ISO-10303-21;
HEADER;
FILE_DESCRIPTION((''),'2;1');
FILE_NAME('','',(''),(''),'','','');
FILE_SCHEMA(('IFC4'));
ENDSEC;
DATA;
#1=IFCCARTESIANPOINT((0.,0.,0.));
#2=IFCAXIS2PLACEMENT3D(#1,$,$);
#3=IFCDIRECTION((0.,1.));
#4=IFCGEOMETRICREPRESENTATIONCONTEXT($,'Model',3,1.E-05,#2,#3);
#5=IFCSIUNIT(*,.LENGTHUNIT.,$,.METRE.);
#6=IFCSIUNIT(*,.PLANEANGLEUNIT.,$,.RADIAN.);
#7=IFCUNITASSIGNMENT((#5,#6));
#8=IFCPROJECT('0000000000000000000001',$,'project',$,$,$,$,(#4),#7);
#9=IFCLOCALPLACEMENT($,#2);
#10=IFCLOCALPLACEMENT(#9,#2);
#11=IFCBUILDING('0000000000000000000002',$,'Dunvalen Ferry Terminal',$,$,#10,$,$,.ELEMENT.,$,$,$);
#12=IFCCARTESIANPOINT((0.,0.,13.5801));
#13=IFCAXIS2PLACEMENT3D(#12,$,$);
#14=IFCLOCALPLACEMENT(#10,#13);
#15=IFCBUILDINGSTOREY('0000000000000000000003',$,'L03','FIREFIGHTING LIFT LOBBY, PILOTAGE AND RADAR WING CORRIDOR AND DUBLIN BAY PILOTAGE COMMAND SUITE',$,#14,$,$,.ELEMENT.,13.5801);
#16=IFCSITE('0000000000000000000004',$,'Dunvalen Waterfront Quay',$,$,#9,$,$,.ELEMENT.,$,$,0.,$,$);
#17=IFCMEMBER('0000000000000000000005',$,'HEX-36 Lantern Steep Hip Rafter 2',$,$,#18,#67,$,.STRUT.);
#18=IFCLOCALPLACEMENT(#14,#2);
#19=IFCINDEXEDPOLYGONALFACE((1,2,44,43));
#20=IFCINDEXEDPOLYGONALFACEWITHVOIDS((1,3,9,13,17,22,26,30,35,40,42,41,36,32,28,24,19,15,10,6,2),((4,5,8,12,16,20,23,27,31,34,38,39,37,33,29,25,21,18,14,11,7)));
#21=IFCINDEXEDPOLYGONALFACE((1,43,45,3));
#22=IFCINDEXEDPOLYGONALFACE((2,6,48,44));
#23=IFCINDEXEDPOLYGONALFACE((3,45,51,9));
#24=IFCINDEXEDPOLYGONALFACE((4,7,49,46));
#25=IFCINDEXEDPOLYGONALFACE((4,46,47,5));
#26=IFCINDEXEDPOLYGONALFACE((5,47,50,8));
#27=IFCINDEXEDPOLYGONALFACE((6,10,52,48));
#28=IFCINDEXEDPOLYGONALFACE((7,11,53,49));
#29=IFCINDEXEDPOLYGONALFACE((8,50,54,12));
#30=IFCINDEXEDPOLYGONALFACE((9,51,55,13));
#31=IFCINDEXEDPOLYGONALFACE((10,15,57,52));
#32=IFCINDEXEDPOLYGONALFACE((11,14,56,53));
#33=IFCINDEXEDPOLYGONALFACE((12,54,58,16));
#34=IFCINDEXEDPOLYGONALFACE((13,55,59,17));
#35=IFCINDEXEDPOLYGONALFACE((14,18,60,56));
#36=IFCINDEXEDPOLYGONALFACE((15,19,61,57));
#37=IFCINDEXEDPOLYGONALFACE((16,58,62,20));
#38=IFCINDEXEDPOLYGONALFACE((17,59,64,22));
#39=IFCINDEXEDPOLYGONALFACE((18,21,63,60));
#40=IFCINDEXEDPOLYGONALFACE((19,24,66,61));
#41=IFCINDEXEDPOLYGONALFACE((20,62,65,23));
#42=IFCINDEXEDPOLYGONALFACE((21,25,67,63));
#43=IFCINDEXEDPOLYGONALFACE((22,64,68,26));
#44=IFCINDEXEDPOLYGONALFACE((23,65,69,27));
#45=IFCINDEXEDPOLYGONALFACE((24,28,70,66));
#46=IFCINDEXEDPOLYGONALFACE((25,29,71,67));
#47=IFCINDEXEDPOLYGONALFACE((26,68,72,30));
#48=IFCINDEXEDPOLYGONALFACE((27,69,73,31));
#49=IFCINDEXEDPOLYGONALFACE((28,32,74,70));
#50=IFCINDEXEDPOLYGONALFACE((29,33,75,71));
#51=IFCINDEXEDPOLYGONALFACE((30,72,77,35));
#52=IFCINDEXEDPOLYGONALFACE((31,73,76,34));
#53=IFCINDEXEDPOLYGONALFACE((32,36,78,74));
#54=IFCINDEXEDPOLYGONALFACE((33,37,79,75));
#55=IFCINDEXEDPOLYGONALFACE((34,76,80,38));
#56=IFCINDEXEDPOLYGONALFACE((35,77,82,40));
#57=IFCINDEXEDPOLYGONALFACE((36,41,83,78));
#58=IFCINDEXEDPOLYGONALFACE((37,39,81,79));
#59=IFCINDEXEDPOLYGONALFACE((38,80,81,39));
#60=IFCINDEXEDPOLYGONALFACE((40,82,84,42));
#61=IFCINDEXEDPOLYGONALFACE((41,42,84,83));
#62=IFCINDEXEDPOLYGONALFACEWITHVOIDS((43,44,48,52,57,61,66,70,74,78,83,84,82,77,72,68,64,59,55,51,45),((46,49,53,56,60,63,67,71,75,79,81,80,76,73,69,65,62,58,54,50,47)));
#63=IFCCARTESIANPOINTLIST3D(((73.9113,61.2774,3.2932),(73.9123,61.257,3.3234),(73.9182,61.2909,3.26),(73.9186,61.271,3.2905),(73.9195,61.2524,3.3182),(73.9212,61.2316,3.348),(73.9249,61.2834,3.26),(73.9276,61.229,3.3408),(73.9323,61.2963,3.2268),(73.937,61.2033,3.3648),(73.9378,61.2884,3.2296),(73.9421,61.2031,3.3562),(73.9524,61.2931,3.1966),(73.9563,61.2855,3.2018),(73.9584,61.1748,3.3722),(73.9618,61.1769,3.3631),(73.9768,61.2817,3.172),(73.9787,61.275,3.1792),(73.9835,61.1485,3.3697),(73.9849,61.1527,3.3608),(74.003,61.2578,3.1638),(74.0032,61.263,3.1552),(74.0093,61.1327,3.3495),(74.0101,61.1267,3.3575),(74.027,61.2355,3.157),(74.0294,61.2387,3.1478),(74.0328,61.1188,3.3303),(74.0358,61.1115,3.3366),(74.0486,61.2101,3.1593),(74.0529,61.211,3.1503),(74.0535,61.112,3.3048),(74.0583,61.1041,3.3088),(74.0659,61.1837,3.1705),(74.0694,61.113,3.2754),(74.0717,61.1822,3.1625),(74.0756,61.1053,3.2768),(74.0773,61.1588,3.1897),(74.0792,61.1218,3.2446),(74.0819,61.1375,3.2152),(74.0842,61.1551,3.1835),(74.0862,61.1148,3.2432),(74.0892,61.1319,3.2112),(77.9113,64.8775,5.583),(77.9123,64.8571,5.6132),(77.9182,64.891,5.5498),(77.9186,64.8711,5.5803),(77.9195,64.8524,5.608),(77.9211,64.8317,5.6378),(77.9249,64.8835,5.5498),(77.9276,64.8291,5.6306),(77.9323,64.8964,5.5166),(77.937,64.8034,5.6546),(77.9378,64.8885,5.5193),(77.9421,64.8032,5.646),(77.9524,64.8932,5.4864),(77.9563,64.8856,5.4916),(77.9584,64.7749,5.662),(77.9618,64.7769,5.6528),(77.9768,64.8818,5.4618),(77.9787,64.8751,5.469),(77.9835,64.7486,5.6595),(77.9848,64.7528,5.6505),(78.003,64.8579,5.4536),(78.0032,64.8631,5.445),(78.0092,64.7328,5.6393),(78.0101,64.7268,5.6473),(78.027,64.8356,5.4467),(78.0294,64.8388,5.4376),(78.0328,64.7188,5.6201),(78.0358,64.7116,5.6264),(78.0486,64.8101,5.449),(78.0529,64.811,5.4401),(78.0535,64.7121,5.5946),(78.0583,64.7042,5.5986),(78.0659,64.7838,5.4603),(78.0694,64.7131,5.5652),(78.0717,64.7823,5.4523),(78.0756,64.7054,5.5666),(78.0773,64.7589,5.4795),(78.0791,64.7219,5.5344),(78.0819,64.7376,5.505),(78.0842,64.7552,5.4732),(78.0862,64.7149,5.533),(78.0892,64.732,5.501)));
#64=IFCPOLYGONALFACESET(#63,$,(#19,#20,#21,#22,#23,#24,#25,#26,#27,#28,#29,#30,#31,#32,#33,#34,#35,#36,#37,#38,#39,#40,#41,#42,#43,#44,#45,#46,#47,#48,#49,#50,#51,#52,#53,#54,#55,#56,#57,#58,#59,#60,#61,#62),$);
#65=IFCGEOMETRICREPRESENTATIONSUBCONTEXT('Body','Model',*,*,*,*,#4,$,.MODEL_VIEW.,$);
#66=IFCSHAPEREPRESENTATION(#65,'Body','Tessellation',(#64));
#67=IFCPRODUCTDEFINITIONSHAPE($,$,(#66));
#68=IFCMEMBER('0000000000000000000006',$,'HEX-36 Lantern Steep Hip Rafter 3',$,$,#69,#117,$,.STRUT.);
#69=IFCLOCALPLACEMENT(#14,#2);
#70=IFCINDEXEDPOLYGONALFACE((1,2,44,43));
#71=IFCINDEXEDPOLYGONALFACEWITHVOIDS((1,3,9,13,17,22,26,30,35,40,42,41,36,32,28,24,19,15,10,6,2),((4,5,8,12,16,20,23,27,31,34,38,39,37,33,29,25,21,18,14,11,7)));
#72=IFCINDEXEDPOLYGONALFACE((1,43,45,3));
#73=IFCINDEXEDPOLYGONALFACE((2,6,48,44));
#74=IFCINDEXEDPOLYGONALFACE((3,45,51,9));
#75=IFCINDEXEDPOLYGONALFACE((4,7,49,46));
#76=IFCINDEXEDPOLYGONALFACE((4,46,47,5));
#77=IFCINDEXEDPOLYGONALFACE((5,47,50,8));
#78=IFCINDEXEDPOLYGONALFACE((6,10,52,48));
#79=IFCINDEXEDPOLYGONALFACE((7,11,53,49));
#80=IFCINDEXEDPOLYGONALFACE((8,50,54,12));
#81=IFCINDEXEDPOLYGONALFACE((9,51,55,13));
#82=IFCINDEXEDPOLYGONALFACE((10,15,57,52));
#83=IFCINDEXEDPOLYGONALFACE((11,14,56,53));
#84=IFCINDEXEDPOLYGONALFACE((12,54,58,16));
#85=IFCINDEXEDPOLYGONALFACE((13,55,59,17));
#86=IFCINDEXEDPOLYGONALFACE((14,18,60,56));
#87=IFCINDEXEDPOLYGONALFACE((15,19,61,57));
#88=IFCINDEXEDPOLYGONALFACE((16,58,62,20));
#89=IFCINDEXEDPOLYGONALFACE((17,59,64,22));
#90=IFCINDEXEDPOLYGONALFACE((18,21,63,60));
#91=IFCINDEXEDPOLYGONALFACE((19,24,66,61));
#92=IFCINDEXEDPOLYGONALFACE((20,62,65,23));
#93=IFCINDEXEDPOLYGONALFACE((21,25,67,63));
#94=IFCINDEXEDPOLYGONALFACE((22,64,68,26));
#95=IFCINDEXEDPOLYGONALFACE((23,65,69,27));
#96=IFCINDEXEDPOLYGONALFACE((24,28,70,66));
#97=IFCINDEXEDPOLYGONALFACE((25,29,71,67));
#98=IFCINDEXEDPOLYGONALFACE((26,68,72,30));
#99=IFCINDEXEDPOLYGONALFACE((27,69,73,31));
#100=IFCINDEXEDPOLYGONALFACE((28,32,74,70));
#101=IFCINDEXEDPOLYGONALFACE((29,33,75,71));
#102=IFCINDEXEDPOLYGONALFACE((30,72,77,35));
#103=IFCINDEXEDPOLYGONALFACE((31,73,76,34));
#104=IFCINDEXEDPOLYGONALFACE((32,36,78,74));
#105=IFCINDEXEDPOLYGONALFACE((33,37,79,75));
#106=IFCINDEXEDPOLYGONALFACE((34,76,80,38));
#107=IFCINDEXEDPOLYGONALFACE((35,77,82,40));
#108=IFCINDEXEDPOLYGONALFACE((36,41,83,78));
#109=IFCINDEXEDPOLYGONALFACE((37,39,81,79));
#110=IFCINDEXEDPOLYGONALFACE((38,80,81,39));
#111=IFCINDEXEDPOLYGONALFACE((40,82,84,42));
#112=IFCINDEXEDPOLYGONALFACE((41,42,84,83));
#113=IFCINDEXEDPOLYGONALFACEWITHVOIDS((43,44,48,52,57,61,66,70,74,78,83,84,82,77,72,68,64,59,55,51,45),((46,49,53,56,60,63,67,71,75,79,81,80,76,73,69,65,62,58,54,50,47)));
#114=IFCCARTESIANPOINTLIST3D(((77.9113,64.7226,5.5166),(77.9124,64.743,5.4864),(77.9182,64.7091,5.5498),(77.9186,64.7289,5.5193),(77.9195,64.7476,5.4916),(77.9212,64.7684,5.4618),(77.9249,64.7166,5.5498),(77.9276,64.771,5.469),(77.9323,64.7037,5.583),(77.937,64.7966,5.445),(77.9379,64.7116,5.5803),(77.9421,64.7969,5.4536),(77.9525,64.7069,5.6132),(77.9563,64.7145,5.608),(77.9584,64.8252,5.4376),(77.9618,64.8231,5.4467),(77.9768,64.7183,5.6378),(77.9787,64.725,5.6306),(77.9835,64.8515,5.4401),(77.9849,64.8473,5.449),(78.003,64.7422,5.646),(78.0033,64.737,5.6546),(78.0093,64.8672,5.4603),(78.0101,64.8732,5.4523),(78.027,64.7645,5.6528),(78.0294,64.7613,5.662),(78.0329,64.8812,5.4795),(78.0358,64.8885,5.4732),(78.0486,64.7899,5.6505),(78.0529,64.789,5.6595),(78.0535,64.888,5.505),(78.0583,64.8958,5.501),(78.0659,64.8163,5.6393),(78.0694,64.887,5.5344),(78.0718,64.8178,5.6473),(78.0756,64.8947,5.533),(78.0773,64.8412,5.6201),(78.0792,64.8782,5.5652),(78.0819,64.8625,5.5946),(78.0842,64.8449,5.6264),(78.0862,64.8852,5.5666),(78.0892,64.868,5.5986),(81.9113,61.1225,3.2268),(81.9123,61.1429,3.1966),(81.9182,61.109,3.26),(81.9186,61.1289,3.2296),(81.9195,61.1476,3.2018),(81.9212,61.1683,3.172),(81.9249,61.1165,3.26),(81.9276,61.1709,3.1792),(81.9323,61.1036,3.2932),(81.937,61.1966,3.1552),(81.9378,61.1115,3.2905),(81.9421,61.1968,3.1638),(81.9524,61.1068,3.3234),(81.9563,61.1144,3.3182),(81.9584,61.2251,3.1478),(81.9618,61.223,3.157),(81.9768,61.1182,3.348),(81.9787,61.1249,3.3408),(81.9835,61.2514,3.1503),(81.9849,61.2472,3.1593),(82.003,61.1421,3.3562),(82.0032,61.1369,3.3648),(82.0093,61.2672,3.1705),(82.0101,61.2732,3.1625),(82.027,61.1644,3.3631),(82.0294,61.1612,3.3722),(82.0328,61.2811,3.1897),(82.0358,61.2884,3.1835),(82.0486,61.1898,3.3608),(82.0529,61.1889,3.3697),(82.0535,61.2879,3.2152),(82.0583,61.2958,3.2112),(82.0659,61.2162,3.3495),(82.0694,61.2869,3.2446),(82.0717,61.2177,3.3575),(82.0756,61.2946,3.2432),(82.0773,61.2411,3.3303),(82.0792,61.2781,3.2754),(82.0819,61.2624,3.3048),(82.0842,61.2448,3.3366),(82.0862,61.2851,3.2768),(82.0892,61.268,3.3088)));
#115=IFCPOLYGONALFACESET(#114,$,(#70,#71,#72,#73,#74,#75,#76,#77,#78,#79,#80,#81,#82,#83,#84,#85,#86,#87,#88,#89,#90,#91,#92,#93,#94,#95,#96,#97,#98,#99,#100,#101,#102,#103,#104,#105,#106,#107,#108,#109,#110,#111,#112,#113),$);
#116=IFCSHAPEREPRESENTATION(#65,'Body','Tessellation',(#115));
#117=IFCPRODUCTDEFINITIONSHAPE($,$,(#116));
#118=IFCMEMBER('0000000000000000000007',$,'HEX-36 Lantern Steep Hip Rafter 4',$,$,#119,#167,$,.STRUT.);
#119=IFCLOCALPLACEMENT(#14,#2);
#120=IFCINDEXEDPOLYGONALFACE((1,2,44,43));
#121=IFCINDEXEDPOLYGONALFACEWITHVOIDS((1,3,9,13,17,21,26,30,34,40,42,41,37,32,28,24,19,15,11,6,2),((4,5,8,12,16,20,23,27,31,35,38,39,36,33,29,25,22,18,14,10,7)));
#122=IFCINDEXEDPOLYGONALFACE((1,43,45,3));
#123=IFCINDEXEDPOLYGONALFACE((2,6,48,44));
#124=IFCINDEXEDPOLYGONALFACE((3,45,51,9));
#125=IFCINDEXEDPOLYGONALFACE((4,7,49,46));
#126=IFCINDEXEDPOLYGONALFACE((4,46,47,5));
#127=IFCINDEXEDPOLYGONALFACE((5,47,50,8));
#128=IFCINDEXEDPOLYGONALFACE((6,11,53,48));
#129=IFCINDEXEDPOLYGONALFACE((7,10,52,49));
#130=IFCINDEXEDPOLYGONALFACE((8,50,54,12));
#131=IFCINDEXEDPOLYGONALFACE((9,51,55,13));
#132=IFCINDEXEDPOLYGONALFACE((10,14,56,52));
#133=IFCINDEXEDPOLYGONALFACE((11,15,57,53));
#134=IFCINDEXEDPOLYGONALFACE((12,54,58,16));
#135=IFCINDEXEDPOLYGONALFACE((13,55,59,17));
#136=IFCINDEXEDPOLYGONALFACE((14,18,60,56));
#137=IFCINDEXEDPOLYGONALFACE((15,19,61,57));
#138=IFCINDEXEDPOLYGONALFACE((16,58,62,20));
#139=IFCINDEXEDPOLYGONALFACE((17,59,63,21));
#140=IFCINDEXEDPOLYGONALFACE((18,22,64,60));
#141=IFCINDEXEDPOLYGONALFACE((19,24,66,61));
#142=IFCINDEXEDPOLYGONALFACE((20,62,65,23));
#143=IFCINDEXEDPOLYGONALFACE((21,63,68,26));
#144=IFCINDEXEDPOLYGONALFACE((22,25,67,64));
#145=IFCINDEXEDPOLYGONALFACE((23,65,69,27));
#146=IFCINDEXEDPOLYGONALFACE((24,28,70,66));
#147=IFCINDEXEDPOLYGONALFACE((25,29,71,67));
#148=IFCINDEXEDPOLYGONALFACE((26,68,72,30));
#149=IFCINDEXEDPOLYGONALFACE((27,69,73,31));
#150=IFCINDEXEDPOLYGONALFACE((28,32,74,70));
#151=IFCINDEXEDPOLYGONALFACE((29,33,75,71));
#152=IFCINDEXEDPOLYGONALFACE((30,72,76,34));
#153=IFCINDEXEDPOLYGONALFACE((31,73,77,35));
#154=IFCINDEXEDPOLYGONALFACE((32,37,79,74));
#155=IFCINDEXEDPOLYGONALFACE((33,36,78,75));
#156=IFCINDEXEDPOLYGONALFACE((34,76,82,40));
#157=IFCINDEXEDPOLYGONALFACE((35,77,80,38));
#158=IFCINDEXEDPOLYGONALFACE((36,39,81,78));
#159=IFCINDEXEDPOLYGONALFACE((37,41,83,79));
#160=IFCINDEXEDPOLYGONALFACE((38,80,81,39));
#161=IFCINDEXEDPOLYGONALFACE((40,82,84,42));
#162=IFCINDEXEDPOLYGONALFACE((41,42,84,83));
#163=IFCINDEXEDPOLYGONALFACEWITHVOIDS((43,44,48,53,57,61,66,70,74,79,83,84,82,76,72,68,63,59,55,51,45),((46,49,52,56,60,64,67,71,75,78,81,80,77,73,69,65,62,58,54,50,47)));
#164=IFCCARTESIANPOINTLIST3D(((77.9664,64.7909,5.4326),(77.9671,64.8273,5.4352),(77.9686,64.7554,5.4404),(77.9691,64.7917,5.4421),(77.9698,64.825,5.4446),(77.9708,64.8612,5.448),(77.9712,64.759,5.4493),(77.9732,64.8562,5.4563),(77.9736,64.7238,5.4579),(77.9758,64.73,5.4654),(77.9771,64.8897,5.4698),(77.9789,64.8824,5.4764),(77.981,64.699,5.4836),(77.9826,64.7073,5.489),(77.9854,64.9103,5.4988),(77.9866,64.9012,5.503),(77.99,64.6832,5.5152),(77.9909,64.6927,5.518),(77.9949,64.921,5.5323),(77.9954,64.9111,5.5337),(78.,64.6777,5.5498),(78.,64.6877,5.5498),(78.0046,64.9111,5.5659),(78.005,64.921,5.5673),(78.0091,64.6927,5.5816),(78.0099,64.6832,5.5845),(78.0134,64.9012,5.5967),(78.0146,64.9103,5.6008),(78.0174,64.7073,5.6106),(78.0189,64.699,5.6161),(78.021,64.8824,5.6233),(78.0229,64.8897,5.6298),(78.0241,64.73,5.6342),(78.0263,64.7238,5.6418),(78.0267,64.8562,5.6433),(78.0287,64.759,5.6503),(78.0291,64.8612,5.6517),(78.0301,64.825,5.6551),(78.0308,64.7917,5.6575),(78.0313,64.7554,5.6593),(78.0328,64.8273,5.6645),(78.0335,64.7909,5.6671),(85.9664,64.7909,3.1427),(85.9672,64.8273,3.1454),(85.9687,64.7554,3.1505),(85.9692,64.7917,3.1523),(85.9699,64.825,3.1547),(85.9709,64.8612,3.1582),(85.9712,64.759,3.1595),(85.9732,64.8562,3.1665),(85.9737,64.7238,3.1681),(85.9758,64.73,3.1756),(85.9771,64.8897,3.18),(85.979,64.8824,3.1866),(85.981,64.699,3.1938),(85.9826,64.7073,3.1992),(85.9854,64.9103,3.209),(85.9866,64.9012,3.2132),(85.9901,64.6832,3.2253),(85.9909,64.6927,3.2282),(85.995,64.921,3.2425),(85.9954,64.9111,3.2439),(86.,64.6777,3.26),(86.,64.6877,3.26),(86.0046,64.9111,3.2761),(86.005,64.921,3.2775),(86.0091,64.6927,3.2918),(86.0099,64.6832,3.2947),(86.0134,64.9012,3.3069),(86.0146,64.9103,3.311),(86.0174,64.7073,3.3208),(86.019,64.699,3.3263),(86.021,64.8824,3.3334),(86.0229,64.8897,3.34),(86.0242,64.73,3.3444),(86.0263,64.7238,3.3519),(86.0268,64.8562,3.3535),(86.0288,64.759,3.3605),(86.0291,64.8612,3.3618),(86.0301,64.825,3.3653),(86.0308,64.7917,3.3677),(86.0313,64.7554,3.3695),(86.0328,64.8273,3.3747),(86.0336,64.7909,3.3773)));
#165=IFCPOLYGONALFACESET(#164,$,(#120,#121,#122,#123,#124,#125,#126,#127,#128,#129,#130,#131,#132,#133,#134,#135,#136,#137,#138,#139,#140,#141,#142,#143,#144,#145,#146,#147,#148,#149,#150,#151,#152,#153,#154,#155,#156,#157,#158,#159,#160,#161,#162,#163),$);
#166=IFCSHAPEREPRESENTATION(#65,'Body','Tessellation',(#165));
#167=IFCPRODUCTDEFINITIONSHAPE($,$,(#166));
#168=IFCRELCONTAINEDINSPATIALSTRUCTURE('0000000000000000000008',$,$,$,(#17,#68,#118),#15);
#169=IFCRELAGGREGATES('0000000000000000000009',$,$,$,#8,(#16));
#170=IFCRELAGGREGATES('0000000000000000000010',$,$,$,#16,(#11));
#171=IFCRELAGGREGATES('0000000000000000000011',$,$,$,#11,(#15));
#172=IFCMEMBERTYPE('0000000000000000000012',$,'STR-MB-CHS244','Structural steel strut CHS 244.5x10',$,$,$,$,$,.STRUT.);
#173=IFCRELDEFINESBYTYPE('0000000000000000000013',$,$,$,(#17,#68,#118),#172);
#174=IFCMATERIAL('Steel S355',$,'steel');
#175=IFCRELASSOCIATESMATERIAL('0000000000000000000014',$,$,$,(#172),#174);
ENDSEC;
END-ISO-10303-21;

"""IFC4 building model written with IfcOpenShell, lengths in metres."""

from ifc_helpers import new_model, si_unit, direction, frame, origin, origin_2d, place, context, subcontext, project, spatial, hollow_circle, extrude, material, material_profile, profile_set, type_object, element, save


model = new_model("IFC4")

# Units and contexts
model_context = context("Model", 3, precision=1e-05, world=origin(), true_north=direction((0.0, 1.0)))
body_context = subcontext(model_context, "Body", "Model", "MODEL_VIEW")
ifc_project = project(units=[si_unit("LENGTHUNIT", "METRE"), si_unit("PLANEANGLEUNIT", "RADIAN")], contexts=[model_context])

# Site, building, storey
site_placement = place(None, origin())
site = spatial("IfcSite", under=ifc_project, at=site_placement, Name="Dunvalen Waterfront Quay", CompositionType="ELEMENT", RefElevation=0.0)
building_placement = place(site_placement, origin())
building = spatial("IfcBuilding", under=site, at=building_placement, Name="Dunvalen Ferry Terminal", CompositionType="ELEMENT")
storey_placement = place(building_placement, frame((0.0, 0.0, 13.5801)))
storey = spatial("IfcBuildingStorey", under=building, at=storey_placement, Name="L03", Description="FIREFIGHTING LIFT LOBBY, PILOTAGE AND RADAR WING CORRIDOR AND DUBLIN BAY PILOTAGE COMMAND SUITE", CompositionType="ELEMENT", Elevation=13.5801)

# Shared definitions
ifc_material_1 = material(Name="Steel S355", Category="steel")

# Members
ifc_material_profile_1 = material_profile(ifc_material_1, hollow_circle(Radius=0.1223, WallThickness=0.01, at=origin_2d()), Name="Steel S355")
ifc_profile_set_1 = profile_set([ifc_material_profile_1], Name="Steel S355")
member_type = type_object("IfcMemberType", Name="STR-MB-CHS244", Description="Structural steel strut CHS 244.5x10", PredefinedType="STRUT", material=ifc_profile_set_1)
for number, where, z_axis, x_axis, name in (
    (1, (74.0, 61.2, 3.26), (0.683947, 0.615569, 0.391525), (-0.668975, 0.743285, 0.0), "HEX-36 Lantern Steep Hip Rafter 2"),
    (2, (82.0, 61.2, 3.26), (-0.683947, 0.615569, 0.391525), (-0.668975, -0.743285, 0.0), "HEX-36 Lantern Steep Hip Rafter 3"),
):
    element("IfcMember", number, at=place(storey_placement, frame(where, z_axis=z_axis, x_axis=x_axis)), inside=storey, type_object=member_type, Name=name, PredefinedType="STRUT", context=body_context, shape_type="SweptSolid", body=[
        extrude(hollow_circle(Radius=0.1223, WallThickness=0.01, at=origin_2d()), origin(), (0.0, 0.0, 1.0), 5.8484),
    ])
member_1_placement = place(storey_placement, frame((86.0, 64.8, 3.26), z_axis=(-0.961394, 0.0, 0.275174), x_axis=(0.0, -1.0, 0.0)))
element("IfcMember", 3, at=member_1_placement, inside=storey, type_object=member_type, Name="HEX-36 Lantern Steep Hip Rafter 4", PredefinedType="STRUT", context=body_context, shape_type="SweptSolid", body=[
    extrude(hollow_circle(Radius=0.1223, WallThickness=0.01, at=origin_2d()), origin(), (0.0, 0.0, 1.0), 8.3213),
])

save(model, "model.ifc")
